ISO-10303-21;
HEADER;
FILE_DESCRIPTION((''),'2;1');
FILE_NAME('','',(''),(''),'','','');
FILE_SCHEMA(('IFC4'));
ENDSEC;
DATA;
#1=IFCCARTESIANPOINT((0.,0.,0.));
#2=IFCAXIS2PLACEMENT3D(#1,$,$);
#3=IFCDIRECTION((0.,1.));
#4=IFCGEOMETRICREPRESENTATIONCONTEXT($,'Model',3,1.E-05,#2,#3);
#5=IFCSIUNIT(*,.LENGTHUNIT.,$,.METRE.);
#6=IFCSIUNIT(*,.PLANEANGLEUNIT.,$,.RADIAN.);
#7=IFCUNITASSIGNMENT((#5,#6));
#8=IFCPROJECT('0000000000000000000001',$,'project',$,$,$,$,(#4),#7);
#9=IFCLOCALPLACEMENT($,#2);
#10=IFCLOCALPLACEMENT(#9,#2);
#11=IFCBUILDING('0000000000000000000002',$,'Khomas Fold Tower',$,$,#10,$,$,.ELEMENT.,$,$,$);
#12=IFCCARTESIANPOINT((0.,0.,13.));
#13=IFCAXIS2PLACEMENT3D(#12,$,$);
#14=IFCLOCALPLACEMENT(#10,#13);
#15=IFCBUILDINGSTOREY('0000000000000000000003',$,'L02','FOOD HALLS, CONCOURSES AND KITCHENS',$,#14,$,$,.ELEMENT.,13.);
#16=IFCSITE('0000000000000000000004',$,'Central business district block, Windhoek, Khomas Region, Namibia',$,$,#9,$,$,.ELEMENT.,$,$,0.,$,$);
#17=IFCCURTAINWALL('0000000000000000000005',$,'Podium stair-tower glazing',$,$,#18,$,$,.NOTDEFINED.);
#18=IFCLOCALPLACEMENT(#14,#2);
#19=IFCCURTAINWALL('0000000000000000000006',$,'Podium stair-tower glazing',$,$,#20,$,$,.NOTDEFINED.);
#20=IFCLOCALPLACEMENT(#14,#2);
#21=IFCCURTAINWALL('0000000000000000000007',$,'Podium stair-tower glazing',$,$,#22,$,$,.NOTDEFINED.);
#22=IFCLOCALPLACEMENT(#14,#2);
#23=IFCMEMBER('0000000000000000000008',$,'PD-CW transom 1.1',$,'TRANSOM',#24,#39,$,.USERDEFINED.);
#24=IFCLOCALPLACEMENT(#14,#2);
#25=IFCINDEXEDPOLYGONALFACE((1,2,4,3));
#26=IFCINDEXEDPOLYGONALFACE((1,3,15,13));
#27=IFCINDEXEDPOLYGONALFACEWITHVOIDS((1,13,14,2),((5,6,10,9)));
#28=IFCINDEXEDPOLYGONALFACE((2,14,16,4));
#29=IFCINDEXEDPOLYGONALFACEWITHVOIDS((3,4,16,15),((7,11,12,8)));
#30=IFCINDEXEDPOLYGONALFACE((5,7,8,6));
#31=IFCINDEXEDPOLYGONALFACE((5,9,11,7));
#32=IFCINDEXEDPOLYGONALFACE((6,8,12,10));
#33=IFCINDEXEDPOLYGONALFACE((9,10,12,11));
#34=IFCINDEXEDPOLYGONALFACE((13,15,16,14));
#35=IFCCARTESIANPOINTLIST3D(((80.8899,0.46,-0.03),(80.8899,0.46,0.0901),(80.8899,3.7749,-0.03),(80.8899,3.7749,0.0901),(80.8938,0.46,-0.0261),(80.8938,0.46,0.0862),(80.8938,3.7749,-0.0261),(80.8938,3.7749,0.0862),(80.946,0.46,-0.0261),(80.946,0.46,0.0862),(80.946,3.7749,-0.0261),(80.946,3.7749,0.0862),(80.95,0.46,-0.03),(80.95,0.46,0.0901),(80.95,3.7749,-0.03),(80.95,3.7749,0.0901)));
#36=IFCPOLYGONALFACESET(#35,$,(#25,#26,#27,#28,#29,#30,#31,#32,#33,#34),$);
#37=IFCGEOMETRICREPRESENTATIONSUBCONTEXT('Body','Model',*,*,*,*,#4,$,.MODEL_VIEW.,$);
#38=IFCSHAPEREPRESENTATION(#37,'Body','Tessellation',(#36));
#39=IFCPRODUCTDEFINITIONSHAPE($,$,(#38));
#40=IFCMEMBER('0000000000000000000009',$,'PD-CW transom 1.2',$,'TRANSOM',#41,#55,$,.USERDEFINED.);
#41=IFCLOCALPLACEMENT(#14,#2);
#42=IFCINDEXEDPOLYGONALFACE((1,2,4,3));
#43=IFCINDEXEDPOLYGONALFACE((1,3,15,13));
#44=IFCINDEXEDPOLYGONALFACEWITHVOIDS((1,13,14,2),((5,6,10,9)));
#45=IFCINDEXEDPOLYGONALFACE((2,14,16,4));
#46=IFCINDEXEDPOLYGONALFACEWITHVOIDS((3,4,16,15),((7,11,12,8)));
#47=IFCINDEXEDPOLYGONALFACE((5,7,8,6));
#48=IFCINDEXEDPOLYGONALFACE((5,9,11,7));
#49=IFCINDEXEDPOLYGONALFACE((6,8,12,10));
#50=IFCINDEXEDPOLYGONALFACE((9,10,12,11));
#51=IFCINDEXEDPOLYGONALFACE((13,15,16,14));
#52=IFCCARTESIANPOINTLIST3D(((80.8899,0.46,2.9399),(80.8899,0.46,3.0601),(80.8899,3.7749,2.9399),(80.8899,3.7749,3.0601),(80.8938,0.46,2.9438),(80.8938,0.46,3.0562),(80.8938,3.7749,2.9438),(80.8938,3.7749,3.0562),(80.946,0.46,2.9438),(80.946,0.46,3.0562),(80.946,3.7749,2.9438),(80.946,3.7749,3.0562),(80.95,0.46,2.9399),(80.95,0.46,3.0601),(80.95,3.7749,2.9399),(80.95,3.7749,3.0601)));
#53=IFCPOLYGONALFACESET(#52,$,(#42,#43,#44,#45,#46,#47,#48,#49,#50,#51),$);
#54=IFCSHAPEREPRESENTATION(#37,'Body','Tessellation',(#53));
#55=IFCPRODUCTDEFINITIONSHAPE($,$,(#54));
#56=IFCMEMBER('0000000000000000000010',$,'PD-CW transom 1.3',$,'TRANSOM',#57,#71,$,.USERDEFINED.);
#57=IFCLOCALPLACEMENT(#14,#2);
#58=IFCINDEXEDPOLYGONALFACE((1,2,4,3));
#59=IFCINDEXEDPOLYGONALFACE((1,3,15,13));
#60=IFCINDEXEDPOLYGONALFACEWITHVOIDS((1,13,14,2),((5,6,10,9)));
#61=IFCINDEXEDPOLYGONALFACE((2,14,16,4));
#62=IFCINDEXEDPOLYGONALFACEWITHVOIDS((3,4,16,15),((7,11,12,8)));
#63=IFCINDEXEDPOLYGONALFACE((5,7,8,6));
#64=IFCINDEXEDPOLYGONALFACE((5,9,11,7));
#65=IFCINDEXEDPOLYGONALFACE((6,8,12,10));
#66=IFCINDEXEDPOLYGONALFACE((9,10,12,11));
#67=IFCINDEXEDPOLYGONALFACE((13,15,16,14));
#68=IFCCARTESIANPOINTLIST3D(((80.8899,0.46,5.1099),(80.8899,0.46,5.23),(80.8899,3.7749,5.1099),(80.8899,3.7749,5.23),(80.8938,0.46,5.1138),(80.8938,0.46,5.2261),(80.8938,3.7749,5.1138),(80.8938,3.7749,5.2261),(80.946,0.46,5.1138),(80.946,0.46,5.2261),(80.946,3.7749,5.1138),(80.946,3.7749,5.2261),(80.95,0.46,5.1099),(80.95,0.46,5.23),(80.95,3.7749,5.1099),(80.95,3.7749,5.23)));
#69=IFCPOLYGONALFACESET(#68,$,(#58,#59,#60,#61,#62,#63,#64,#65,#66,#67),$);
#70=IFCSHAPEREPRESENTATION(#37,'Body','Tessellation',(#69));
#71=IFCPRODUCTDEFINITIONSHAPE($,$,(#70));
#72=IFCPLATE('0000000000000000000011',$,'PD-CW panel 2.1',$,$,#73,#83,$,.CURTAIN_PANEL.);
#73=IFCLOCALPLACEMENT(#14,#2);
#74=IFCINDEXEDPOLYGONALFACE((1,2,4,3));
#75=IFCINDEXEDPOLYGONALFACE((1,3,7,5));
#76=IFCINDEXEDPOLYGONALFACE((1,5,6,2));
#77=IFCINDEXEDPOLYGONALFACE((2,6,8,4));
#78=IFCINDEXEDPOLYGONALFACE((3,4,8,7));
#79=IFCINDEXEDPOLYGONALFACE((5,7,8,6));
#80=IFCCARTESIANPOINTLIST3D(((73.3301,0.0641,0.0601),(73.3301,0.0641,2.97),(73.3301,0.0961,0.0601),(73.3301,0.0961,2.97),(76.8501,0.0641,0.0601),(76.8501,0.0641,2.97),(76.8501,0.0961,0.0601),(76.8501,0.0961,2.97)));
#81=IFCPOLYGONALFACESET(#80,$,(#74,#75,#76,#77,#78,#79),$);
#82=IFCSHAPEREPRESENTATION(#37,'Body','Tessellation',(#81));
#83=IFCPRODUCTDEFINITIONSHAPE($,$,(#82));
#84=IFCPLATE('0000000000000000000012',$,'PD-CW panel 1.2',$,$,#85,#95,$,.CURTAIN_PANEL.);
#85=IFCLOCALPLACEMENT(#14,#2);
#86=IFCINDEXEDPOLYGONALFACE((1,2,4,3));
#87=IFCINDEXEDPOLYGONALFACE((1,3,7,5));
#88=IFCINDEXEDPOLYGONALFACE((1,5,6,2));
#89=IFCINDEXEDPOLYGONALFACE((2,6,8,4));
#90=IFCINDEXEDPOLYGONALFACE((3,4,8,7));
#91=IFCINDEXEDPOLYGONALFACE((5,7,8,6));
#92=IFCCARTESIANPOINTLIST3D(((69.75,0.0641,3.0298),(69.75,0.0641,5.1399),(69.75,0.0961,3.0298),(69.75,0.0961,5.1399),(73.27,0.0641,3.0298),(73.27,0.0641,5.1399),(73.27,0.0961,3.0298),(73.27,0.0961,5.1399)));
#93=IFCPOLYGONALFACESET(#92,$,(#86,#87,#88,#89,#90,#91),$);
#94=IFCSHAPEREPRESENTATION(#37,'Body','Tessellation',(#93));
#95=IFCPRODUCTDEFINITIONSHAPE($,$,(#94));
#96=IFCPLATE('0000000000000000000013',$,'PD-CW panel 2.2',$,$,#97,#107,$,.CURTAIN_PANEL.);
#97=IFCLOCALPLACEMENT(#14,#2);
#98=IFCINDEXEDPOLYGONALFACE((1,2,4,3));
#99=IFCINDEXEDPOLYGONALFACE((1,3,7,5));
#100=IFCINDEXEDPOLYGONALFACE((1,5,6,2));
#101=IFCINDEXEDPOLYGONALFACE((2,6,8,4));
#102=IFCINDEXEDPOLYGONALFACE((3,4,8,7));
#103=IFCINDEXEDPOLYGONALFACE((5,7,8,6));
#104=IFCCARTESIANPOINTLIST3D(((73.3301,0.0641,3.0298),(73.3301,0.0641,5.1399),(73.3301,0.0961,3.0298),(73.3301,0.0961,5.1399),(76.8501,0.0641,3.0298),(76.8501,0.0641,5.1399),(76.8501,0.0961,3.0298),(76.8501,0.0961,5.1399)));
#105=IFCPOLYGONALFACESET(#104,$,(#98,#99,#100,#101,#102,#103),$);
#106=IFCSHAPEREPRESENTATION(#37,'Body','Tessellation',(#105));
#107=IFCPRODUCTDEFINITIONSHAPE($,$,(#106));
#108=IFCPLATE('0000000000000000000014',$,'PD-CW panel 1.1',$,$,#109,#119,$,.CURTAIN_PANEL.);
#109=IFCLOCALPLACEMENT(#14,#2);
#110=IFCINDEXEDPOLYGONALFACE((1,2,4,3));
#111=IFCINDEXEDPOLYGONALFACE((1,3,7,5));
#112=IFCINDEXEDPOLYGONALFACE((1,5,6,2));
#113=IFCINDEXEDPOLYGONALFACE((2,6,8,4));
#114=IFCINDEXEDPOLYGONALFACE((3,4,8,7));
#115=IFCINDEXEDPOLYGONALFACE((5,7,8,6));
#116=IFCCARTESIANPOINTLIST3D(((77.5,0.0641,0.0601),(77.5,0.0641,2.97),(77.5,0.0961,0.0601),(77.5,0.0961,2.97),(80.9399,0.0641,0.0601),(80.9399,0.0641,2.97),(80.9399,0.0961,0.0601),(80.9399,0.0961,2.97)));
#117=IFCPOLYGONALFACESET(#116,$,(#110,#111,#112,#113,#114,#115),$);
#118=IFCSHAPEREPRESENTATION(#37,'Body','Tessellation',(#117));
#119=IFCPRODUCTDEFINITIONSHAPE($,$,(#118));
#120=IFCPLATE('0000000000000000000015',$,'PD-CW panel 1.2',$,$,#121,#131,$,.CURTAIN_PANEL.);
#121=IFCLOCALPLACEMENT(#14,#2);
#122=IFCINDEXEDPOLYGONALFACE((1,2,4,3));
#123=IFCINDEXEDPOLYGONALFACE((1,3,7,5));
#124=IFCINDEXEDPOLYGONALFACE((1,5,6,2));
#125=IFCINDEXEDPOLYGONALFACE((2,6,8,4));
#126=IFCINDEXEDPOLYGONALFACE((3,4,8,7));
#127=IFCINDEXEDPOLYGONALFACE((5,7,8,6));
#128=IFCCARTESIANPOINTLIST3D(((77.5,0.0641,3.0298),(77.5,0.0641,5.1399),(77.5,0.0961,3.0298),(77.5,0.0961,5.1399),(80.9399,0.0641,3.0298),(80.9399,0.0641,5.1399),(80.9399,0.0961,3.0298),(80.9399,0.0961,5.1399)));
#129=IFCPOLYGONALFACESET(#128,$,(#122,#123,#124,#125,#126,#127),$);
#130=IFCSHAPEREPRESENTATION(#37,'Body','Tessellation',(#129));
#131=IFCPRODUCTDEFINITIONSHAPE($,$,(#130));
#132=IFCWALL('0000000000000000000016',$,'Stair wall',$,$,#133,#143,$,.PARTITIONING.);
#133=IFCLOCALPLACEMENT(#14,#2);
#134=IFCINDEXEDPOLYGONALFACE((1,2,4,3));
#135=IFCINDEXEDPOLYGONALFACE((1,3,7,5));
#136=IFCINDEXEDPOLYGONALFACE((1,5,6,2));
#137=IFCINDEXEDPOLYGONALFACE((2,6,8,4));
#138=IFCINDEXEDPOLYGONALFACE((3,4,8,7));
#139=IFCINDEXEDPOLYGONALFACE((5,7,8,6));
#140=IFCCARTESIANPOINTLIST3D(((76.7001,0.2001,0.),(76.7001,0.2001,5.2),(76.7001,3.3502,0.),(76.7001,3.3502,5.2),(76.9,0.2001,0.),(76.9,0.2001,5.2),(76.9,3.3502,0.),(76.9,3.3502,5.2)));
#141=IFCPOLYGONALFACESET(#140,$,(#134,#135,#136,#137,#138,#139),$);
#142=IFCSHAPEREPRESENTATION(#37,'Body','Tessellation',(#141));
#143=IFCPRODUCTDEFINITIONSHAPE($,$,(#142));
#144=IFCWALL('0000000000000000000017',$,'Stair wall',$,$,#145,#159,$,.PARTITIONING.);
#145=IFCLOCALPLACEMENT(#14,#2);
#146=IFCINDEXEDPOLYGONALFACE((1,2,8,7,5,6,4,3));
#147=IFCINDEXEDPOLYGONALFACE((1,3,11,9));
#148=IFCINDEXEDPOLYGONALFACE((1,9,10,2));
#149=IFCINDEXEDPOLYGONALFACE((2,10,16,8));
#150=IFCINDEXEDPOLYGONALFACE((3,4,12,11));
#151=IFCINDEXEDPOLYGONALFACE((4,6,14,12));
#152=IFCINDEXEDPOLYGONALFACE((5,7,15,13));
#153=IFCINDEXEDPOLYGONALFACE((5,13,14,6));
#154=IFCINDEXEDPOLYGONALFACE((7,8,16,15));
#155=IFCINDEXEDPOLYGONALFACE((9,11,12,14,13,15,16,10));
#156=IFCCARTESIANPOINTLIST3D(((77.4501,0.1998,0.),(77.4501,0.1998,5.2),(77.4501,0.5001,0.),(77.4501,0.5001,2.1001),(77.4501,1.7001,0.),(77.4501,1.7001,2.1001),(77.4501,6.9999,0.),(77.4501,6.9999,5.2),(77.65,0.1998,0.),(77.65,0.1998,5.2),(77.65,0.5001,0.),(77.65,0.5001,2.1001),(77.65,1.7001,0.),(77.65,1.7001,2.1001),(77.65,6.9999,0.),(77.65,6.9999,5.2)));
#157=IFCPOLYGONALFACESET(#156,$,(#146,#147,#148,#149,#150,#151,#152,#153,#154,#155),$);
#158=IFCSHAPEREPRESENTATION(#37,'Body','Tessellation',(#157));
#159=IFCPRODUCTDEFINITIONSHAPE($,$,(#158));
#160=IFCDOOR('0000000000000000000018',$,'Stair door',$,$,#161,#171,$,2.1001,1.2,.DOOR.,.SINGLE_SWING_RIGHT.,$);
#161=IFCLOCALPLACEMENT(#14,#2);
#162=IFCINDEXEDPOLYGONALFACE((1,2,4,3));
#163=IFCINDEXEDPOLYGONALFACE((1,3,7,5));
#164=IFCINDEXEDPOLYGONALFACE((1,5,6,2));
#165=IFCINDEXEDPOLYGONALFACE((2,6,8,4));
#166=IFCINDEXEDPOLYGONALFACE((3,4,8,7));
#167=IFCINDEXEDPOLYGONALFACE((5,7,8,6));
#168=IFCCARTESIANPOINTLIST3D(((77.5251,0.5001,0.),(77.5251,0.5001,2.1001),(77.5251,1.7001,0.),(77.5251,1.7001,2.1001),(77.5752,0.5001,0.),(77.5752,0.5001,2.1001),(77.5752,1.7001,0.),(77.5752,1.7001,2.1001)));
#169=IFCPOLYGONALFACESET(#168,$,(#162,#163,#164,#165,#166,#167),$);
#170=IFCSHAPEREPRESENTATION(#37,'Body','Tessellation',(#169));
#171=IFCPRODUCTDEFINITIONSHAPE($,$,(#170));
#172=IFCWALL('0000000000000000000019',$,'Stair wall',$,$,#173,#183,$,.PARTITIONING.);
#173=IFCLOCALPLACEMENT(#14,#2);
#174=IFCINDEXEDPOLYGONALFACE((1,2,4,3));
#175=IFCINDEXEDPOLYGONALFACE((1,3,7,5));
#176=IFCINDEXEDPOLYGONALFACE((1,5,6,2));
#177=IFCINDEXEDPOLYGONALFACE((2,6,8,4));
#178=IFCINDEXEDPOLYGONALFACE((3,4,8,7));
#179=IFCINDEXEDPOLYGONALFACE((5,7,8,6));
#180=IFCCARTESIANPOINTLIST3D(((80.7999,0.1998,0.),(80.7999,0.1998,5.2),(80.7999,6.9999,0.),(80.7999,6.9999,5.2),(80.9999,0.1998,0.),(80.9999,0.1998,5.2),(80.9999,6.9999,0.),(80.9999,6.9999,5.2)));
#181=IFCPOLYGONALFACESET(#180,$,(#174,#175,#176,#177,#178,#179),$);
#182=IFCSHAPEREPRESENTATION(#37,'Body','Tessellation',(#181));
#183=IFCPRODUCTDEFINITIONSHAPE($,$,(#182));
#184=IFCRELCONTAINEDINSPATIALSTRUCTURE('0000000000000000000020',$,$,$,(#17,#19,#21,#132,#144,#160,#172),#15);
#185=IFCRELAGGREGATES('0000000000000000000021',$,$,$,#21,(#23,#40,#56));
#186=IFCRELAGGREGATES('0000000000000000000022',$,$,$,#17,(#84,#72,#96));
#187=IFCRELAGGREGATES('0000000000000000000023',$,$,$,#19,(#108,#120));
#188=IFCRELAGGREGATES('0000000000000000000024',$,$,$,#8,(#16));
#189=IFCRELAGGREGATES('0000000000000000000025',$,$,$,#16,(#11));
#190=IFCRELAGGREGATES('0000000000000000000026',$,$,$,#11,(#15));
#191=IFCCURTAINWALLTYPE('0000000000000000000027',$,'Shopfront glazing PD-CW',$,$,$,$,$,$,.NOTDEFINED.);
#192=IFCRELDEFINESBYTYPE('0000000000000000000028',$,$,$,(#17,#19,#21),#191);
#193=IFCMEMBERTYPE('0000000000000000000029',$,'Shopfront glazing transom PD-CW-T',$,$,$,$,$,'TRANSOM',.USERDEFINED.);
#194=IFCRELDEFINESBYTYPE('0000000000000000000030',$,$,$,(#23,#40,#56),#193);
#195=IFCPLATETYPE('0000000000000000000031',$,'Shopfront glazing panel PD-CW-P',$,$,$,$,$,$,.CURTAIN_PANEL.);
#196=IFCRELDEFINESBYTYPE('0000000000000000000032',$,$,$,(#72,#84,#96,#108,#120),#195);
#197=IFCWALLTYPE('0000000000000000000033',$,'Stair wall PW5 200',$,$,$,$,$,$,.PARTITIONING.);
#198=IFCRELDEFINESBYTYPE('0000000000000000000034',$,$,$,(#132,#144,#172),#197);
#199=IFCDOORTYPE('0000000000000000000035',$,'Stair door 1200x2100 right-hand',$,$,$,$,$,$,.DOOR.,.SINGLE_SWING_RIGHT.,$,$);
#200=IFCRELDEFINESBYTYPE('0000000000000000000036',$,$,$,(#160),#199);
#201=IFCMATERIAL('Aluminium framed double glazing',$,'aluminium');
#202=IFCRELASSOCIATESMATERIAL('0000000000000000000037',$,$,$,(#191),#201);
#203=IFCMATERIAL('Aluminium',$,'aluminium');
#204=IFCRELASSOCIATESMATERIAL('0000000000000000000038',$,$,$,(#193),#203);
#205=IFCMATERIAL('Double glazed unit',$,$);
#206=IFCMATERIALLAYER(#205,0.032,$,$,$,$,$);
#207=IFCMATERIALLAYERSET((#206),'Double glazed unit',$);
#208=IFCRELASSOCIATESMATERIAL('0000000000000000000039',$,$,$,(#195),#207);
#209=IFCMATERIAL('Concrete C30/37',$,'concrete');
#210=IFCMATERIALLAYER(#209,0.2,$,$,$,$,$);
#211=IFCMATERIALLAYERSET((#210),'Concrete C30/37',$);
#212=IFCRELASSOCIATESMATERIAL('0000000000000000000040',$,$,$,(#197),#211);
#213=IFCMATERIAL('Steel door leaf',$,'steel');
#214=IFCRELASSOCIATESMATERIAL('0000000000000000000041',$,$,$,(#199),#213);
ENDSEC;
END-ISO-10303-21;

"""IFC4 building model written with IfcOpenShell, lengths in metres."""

from ifc_helpers import new_model, si_unit, direction, frame, frame_2d, origin, origin_2d, place, context, subcontext, project, spatial, rectangle, hollow_rectangle, extrude, source, transform, mapped, material, layer, layer_set, material_profile, profile_set, type_object, element, fill, aggregate, save


model = new_model("IFC4")

# Units and contexts
model_context = context("Model", 3, precision=1e-05, world=origin(), true_north=direction((0.0, 1.0)))
body_context = subcontext(model_context, "Body", "Model", "MODEL_VIEW")
ifc_project = project(units=[si_unit("LENGTHUNIT", "METRE"), si_unit("PLANEANGLEUNIT", "RADIAN")], contexts=[model_context])

# Site, building, storey
site_placement = place(None, origin())
site = spatial("IfcSite", under=ifc_project, at=site_placement, Name="Central business district block, Windhoek, Khomas Region, Namibia", CompositionType="ELEMENT", RefElevation=0.0)
building_placement = place(site_placement, origin())
building = spatial("IfcBuilding", under=site, at=building_placement, Name="Khomas Fold Tower", CompositionType="ELEMENT")
storey_placement = place(building_placement, frame((0.0, 0.0, 13.0)))
storey = spatial("IfcBuildingStorey", under=building, at=storey_placement, Name="L02", Description="FOOD HALLS, CONCOURSES AND KITCHENS", CompositionType="ELEMENT", Elevation=13.0)

# Curtain walls
ifc_material_1 = material(Name="Aluminium framed double glazing", Category="aluminium")
curtain_wall_type = type_object("IfcCurtainWallType", Name="Shopfront glazing PD-CW", PredefinedType="NOTDEFINED", material=ifc_material_1)
curtain_wall_1_placement = place(storey_placement, origin())
curtain_wall_1 = element("IfcCurtainWall", 1, at=curtain_wall_1_placement, inside=storey, type_object=curtain_wall_type, Name="Podium stair-tower glazing", PredefinedType="NOTDEFINED")
curtain_wall_2_placement = place(storey_placement, origin())
curtain_wall_2 = element("IfcCurtainWall", 2, at=curtain_wall_2_placement, inside=storey, type_object=curtain_wall_type, Name="Podium stair-tower glazing", PredefinedType="NOTDEFINED")

# Curtain wall
curtain_wall_3_placement = place(storey_placement, origin())
curtain_wall_3 = element("IfcCurtainWall", 3, at=curtain_wall_3_placement, inside=storey, type_object=curtain_wall_type, Name="Podium stair-tower glazing", PredefinedType="NOTDEFINED")

# Members
ifc_material_2 = material(Name="Aluminium", Category="aluminium")
ifc_material_profile_1 = material_profile(ifc_material_2, hollow_rectangle(XDim=0.0601, YDim=0.1201, WallThickness=0.0039, at=origin_2d()), Name="Shopfront glazing transom PD-CW-T")
ifc_profile_set_1 = profile_set([ifc_material_profile_1], Name="Aluminium")
member_type_1 = type_object("IfcMemberType", Name="Shopfront glazing transom PD-CW-T", ElementType="TRANSOM", PredefinedType="USERDEFINED", material=ifc_profile_set_1)
shared_shape_1 = source(origin(), body_context, "Body", "SweptSolid", [
    extrude(hollow_rectangle(XDim=0.0601, YDim=0.1201, WallThickness=0.0039, at=origin_2d()), origin(), (0.0, 0.0, 1.0), 3.3149),
])
member_1_placement = place(storey_placement, frame((80.9199, 0.46, 0.03), z_axis=(0.0, 1.0, 0.0), x_axis=(-1.0, 0.0, 0.0)))
member_1 = element("IfcMember", 4, at=member_1_placement, type_object=member_type_1, Name="PD-CW transom 1.1", ObjectType="TRANSOM", PredefinedType="USERDEFINED", context=body_context, shape_type="MappedRepresentation", body=[
    mapped(shared_shape_1, transform((0.0, 0.0, 0.0))),
])
member_2_placement = place(storey_placement, frame((80.9199, 0.46, 3.0), z_axis=(0.0, 1.0, 0.0), x_axis=(-1.0, 0.0, 0.0)))
member_2 = element("IfcMember", 5, at=member_2_placement, type_object=member_type_1, Name="PD-CW transom 1.2", ObjectType="TRANSOM", PredefinedType="USERDEFINED", context=body_context, shape_type="MappedRepresentation", body=[
    mapped(shared_shape_1, transform((0.0, 0.0, 0.0))),
])
member_3_placement = place(storey_placement, frame((80.9199, 0.46, 5.1699), z_axis=(0.0, 1.0, 0.0), x_axis=(-1.0, 0.0, 0.0)))
member_3 = element("IfcMember", 6, at=member_3_placement, type_object=member_type_1, Name="PD-CW transom 1.3", ObjectType="TRANSOM", PredefinedType="USERDEFINED", context=body_context, shape_type="MappedRepresentation", body=[
    mapped(shared_shape_1, transform((0.0, 0.0, 0.0))),
])
aggregate(curtain_wall_3, [member_1, member_2, member_3])

# Plates
ifc_material_3 = material(Name="Double glazed unit")
ifc_layer_1 = layer(ifc_material_3, 0.032)
ifc_layer_set_1 = layer_set([ifc_layer_1], Name="Double glazed unit")
plate_type = type_object("IfcPlateType", Name="Shopfront glazing panel PD-CW-P", PredefinedType="CURTAIN_PANEL", material=ifc_layer_set_1)
shared_shape_2 = source(origin(), body_context, "Body", "SweptSolid", [
    extrude(rectangle(XDim=3.52, YDim=0.032, at=origin_2d()), origin(), (0.0, 0.0, 1.0), 2.9099),
])
plate_1_placement = place(storey_placement, frame((75.0901, 0.0801, 0.0601), z_axis=(0.0, 0.0, 1.0), x_axis=(1.0, 0.0, 0.0)))
plate_1 = element("IfcPlate", 7, at=plate_1_placement, type_object=plate_type, Name="PD-CW panel 2.1", PredefinedType="CURTAIN_PANEL", context=body_context, shape_type="MappedRepresentation", body=[
    mapped(shared_shape_2, transform((0.0, 0.0, 0.0))),
])
shared_shape_3 = source(origin(), body_context, "Body", "SweptSolid", [
    extrude(rectangle(XDim=3.52, YDim=0.032, at=origin_2d()), origin(), (0.0, 0.0, 1.0), 2.1101),
])
plate_2_placement = place(storey_placement, frame((71.51, 0.0801, 3.0298), z_axis=(0.0, 0.0, 1.0), x_axis=(1.0, 0.0, 0.0)))
plate_2 = element("IfcPlate", 8, at=plate_2_placement, type_object=plate_type, Name="PD-CW panel 1.2", PredefinedType="CURTAIN_PANEL", context=body_context, shape_type="MappedRepresentation", body=[
    mapped(shared_shape_3, transform((0.0, 0.0, 0.0))),
])
plate_3_placement = place(storey_placement, frame((75.0901, 0.0801, 3.0298), z_axis=(0.0, 0.0, 1.0), x_axis=(1.0, 0.0, 0.0)))
plate_3 = element("IfcPlate", 9, at=plate_3_placement, type_object=plate_type, Name="PD-CW panel 2.2", PredefinedType="CURTAIN_PANEL", context=body_context, shape_type="MappedRepresentation", body=[
    mapped(shared_shape_3, transform((0.0, 0.0, 0.0))),
])
aggregate(curtain_wall_1, [plate_2, plate_1, plate_3])
shared_shape_4 = source(origin(), body_context, "Body", "SweptSolid", [
    extrude(rectangle(XDim=3.4399, YDim=0.032, at=origin_2d()), origin(), (0.0, 0.0, 1.0), 2.9099),
])
plate_4_placement = place(storey_placement, frame((79.22, 0.0801, 0.0601), z_axis=(0.0, 0.0, 1.0), x_axis=(1.0, 0.0, 0.0)))
plate_4 = element("IfcPlate", 10, at=plate_4_placement, type_object=plate_type, Name="PD-CW panel 1.1", PredefinedType="CURTAIN_PANEL", context=body_context, shape_type="MappedRepresentation", body=[
    mapped(shared_shape_4, transform((0.0, 0.0, 0.0))),
])
shared_shape_5 = source(origin(), body_context, "Body", "SweptSolid", [
    extrude(rectangle(XDim=3.4399, YDim=0.032, at=origin_2d()), origin(), (0.0, 0.0, 1.0), 2.1101),
])
plate_5_placement = place(storey_placement, frame((79.22, 0.0801, 3.0298), z_axis=(0.0, 0.0, 1.0), x_axis=(1.0, 0.0, 0.0)))
plate_5 = element("IfcPlate", 11, at=plate_5_placement, type_object=plate_type, Name="PD-CW panel 1.2", PredefinedType="CURTAIN_PANEL", context=body_context, shape_type="MappedRepresentation", body=[
    mapped(shared_shape_5, transform((0.0, 0.0, 0.0))),
])
aggregate(curtain_wall_2, [plate_4, plate_5])

# Wall
ifc_material_4 = material(Name="Concrete C30/37", Category="concrete")
ifc_layer_2 = layer(ifc_material_4, 0.2)
ifc_layer_set_2 = layer_set([ifc_layer_2], Name="Concrete C30/37")
wall_type = type_object("IfcWallType", Name="Stair wall PW5 200", PredefinedType="PARTITIONING", material=ifc_layer_set_2)
shared_shape_6 = source(origin(), body_context, "Body", "SweptSolid", [
    extrude(rectangle(XDim=3.1501, YDim=0.2, at=frame_2d((1.5752, 0.0))), origin(), (0.0, 0.0, 1.0), 5.2),
])
wall_1_placement = place(storey_placement, frame((76.8, 0.2, 0.0), z_axis=(0.0, 0.0, 1.0), x_axis=(0.0, 1.0, 0.0)))
element("IfcWall", 12, at=wall_1_placement, inside=storey, type_object=wall_type, Name="Stair wall", PredefinedType="PARTITIONING", context=body_context, shape_type="MappedRepresentation", body=[
    mapped(shared_shape_6, transform((0.0, 0.0, 0.0))),
])

# Wall, opening, door
shared_shape_7 = source(origin(), body_context, "Body", "SweptSolid", [
    extrude(rectangle(XDim=6.8, YDim=0.2, at=frame_2d((3.3999, 0.0))), origin(), (0.0, 0.0, 1.0), 5.2),
])
wall_2_placement = place(storey_placement, frame((77.55, 0.2, 0.0), z_axis=(0.0, 0.0, 1.0), x_axis=(0.0, 1.0, 0.0)))
wall_2 = element("IfcWall", 13, at=wall_2_placement, inside=storey, type_object=wall_type, Name="Stair wall", PredefinedType="PARTITIONING", context=body_context, shape_type="MappedRepresentation", body=[
    mapped(shared_shape_7, transform((0.0, 0.0, 0.0))),
])
shared_shape_8 = source(origin(), body_context, "Body", "SweptSolid", [
    extrude(rectangle(XDim=1.2, YDim=2.1001, at=frame_2d((0.6001, 1.05))), frame((0.0, 0.1099, 0.0), z_axis=(0.0, -1.0, 0.0), x_axis=(1.0, 0.0, 0.0)), (0.0, 0.0, 1.0), 0.22),
])
opening_placement = place(wall_2_placement, frame((0.3, 0.0, 0.0)))
opening = element("IfcOpeningElement", 14, at=opening_placement, cuts=wall_2, PredefinedType="OPENING", context=body_context, shape_type="MappedRepresentation", body=[
    mapped(shared_shape_8, transform((0.0, 0.0, 0.0))),
])
ifc_material_5 = material(Name="Steel door leaf", Category="steel")
door_type = type_object("IfcDoorType", Name="Stair door 1200x2100 right-hand", OperationType="SINGLE_SWING_RIGHT", PredefinedType="DOOR", material=ifc_material_5)
shared_shape_9 = source(origin(), body_context, "Body", "SweptSolid", [
    extrude(rectangle(XDim=1.2, YDim=2.1001, at=frame_2d((0.6001, 1.05))), frame((0.0, 0.0249, 0.0), z_axis=(0.0, -1.0, 0.0), x_axis=(1.0, 0.0, 0.0)), (0.0, 0.0, 1.0), 0.05),
])
door_placement = place(opening_placement, origin())
door = element("IfcDoor", 15, at=door_placement, inside=storey, type_object=door_type, Name="Stair door", OperationType="SINGLE_SWING_RIGHT", OverallHeight=2.1001, OverallWidth=1.2, PredefinedType="DOOR", context=body_context, shape_type="MappedRepresentation", body=[
    mapped(shared_shape_9, transform((0.0, 0.0, 0.0))),
])
fill(opening, door)

# Wall
wall_3_placement = place(storey_placement, frame((80.8999, 0.2, 0.0), z_axis=(0.0, 0.0, 1.0), x_axis=(0.0, 1.0, 0.0)))
element("IfcWall", 16, at=wall_3_placement, inside=storey, type_object=wall_type, Name="Stair wall", PredefinedType="PARTITIONING", context=body_context, shape_type="MappedRepresentation", body=[
    mapped(shared_shape_7, transform((0.0, 0.0, 0.0))),
])

save(model, "model.ifc")
